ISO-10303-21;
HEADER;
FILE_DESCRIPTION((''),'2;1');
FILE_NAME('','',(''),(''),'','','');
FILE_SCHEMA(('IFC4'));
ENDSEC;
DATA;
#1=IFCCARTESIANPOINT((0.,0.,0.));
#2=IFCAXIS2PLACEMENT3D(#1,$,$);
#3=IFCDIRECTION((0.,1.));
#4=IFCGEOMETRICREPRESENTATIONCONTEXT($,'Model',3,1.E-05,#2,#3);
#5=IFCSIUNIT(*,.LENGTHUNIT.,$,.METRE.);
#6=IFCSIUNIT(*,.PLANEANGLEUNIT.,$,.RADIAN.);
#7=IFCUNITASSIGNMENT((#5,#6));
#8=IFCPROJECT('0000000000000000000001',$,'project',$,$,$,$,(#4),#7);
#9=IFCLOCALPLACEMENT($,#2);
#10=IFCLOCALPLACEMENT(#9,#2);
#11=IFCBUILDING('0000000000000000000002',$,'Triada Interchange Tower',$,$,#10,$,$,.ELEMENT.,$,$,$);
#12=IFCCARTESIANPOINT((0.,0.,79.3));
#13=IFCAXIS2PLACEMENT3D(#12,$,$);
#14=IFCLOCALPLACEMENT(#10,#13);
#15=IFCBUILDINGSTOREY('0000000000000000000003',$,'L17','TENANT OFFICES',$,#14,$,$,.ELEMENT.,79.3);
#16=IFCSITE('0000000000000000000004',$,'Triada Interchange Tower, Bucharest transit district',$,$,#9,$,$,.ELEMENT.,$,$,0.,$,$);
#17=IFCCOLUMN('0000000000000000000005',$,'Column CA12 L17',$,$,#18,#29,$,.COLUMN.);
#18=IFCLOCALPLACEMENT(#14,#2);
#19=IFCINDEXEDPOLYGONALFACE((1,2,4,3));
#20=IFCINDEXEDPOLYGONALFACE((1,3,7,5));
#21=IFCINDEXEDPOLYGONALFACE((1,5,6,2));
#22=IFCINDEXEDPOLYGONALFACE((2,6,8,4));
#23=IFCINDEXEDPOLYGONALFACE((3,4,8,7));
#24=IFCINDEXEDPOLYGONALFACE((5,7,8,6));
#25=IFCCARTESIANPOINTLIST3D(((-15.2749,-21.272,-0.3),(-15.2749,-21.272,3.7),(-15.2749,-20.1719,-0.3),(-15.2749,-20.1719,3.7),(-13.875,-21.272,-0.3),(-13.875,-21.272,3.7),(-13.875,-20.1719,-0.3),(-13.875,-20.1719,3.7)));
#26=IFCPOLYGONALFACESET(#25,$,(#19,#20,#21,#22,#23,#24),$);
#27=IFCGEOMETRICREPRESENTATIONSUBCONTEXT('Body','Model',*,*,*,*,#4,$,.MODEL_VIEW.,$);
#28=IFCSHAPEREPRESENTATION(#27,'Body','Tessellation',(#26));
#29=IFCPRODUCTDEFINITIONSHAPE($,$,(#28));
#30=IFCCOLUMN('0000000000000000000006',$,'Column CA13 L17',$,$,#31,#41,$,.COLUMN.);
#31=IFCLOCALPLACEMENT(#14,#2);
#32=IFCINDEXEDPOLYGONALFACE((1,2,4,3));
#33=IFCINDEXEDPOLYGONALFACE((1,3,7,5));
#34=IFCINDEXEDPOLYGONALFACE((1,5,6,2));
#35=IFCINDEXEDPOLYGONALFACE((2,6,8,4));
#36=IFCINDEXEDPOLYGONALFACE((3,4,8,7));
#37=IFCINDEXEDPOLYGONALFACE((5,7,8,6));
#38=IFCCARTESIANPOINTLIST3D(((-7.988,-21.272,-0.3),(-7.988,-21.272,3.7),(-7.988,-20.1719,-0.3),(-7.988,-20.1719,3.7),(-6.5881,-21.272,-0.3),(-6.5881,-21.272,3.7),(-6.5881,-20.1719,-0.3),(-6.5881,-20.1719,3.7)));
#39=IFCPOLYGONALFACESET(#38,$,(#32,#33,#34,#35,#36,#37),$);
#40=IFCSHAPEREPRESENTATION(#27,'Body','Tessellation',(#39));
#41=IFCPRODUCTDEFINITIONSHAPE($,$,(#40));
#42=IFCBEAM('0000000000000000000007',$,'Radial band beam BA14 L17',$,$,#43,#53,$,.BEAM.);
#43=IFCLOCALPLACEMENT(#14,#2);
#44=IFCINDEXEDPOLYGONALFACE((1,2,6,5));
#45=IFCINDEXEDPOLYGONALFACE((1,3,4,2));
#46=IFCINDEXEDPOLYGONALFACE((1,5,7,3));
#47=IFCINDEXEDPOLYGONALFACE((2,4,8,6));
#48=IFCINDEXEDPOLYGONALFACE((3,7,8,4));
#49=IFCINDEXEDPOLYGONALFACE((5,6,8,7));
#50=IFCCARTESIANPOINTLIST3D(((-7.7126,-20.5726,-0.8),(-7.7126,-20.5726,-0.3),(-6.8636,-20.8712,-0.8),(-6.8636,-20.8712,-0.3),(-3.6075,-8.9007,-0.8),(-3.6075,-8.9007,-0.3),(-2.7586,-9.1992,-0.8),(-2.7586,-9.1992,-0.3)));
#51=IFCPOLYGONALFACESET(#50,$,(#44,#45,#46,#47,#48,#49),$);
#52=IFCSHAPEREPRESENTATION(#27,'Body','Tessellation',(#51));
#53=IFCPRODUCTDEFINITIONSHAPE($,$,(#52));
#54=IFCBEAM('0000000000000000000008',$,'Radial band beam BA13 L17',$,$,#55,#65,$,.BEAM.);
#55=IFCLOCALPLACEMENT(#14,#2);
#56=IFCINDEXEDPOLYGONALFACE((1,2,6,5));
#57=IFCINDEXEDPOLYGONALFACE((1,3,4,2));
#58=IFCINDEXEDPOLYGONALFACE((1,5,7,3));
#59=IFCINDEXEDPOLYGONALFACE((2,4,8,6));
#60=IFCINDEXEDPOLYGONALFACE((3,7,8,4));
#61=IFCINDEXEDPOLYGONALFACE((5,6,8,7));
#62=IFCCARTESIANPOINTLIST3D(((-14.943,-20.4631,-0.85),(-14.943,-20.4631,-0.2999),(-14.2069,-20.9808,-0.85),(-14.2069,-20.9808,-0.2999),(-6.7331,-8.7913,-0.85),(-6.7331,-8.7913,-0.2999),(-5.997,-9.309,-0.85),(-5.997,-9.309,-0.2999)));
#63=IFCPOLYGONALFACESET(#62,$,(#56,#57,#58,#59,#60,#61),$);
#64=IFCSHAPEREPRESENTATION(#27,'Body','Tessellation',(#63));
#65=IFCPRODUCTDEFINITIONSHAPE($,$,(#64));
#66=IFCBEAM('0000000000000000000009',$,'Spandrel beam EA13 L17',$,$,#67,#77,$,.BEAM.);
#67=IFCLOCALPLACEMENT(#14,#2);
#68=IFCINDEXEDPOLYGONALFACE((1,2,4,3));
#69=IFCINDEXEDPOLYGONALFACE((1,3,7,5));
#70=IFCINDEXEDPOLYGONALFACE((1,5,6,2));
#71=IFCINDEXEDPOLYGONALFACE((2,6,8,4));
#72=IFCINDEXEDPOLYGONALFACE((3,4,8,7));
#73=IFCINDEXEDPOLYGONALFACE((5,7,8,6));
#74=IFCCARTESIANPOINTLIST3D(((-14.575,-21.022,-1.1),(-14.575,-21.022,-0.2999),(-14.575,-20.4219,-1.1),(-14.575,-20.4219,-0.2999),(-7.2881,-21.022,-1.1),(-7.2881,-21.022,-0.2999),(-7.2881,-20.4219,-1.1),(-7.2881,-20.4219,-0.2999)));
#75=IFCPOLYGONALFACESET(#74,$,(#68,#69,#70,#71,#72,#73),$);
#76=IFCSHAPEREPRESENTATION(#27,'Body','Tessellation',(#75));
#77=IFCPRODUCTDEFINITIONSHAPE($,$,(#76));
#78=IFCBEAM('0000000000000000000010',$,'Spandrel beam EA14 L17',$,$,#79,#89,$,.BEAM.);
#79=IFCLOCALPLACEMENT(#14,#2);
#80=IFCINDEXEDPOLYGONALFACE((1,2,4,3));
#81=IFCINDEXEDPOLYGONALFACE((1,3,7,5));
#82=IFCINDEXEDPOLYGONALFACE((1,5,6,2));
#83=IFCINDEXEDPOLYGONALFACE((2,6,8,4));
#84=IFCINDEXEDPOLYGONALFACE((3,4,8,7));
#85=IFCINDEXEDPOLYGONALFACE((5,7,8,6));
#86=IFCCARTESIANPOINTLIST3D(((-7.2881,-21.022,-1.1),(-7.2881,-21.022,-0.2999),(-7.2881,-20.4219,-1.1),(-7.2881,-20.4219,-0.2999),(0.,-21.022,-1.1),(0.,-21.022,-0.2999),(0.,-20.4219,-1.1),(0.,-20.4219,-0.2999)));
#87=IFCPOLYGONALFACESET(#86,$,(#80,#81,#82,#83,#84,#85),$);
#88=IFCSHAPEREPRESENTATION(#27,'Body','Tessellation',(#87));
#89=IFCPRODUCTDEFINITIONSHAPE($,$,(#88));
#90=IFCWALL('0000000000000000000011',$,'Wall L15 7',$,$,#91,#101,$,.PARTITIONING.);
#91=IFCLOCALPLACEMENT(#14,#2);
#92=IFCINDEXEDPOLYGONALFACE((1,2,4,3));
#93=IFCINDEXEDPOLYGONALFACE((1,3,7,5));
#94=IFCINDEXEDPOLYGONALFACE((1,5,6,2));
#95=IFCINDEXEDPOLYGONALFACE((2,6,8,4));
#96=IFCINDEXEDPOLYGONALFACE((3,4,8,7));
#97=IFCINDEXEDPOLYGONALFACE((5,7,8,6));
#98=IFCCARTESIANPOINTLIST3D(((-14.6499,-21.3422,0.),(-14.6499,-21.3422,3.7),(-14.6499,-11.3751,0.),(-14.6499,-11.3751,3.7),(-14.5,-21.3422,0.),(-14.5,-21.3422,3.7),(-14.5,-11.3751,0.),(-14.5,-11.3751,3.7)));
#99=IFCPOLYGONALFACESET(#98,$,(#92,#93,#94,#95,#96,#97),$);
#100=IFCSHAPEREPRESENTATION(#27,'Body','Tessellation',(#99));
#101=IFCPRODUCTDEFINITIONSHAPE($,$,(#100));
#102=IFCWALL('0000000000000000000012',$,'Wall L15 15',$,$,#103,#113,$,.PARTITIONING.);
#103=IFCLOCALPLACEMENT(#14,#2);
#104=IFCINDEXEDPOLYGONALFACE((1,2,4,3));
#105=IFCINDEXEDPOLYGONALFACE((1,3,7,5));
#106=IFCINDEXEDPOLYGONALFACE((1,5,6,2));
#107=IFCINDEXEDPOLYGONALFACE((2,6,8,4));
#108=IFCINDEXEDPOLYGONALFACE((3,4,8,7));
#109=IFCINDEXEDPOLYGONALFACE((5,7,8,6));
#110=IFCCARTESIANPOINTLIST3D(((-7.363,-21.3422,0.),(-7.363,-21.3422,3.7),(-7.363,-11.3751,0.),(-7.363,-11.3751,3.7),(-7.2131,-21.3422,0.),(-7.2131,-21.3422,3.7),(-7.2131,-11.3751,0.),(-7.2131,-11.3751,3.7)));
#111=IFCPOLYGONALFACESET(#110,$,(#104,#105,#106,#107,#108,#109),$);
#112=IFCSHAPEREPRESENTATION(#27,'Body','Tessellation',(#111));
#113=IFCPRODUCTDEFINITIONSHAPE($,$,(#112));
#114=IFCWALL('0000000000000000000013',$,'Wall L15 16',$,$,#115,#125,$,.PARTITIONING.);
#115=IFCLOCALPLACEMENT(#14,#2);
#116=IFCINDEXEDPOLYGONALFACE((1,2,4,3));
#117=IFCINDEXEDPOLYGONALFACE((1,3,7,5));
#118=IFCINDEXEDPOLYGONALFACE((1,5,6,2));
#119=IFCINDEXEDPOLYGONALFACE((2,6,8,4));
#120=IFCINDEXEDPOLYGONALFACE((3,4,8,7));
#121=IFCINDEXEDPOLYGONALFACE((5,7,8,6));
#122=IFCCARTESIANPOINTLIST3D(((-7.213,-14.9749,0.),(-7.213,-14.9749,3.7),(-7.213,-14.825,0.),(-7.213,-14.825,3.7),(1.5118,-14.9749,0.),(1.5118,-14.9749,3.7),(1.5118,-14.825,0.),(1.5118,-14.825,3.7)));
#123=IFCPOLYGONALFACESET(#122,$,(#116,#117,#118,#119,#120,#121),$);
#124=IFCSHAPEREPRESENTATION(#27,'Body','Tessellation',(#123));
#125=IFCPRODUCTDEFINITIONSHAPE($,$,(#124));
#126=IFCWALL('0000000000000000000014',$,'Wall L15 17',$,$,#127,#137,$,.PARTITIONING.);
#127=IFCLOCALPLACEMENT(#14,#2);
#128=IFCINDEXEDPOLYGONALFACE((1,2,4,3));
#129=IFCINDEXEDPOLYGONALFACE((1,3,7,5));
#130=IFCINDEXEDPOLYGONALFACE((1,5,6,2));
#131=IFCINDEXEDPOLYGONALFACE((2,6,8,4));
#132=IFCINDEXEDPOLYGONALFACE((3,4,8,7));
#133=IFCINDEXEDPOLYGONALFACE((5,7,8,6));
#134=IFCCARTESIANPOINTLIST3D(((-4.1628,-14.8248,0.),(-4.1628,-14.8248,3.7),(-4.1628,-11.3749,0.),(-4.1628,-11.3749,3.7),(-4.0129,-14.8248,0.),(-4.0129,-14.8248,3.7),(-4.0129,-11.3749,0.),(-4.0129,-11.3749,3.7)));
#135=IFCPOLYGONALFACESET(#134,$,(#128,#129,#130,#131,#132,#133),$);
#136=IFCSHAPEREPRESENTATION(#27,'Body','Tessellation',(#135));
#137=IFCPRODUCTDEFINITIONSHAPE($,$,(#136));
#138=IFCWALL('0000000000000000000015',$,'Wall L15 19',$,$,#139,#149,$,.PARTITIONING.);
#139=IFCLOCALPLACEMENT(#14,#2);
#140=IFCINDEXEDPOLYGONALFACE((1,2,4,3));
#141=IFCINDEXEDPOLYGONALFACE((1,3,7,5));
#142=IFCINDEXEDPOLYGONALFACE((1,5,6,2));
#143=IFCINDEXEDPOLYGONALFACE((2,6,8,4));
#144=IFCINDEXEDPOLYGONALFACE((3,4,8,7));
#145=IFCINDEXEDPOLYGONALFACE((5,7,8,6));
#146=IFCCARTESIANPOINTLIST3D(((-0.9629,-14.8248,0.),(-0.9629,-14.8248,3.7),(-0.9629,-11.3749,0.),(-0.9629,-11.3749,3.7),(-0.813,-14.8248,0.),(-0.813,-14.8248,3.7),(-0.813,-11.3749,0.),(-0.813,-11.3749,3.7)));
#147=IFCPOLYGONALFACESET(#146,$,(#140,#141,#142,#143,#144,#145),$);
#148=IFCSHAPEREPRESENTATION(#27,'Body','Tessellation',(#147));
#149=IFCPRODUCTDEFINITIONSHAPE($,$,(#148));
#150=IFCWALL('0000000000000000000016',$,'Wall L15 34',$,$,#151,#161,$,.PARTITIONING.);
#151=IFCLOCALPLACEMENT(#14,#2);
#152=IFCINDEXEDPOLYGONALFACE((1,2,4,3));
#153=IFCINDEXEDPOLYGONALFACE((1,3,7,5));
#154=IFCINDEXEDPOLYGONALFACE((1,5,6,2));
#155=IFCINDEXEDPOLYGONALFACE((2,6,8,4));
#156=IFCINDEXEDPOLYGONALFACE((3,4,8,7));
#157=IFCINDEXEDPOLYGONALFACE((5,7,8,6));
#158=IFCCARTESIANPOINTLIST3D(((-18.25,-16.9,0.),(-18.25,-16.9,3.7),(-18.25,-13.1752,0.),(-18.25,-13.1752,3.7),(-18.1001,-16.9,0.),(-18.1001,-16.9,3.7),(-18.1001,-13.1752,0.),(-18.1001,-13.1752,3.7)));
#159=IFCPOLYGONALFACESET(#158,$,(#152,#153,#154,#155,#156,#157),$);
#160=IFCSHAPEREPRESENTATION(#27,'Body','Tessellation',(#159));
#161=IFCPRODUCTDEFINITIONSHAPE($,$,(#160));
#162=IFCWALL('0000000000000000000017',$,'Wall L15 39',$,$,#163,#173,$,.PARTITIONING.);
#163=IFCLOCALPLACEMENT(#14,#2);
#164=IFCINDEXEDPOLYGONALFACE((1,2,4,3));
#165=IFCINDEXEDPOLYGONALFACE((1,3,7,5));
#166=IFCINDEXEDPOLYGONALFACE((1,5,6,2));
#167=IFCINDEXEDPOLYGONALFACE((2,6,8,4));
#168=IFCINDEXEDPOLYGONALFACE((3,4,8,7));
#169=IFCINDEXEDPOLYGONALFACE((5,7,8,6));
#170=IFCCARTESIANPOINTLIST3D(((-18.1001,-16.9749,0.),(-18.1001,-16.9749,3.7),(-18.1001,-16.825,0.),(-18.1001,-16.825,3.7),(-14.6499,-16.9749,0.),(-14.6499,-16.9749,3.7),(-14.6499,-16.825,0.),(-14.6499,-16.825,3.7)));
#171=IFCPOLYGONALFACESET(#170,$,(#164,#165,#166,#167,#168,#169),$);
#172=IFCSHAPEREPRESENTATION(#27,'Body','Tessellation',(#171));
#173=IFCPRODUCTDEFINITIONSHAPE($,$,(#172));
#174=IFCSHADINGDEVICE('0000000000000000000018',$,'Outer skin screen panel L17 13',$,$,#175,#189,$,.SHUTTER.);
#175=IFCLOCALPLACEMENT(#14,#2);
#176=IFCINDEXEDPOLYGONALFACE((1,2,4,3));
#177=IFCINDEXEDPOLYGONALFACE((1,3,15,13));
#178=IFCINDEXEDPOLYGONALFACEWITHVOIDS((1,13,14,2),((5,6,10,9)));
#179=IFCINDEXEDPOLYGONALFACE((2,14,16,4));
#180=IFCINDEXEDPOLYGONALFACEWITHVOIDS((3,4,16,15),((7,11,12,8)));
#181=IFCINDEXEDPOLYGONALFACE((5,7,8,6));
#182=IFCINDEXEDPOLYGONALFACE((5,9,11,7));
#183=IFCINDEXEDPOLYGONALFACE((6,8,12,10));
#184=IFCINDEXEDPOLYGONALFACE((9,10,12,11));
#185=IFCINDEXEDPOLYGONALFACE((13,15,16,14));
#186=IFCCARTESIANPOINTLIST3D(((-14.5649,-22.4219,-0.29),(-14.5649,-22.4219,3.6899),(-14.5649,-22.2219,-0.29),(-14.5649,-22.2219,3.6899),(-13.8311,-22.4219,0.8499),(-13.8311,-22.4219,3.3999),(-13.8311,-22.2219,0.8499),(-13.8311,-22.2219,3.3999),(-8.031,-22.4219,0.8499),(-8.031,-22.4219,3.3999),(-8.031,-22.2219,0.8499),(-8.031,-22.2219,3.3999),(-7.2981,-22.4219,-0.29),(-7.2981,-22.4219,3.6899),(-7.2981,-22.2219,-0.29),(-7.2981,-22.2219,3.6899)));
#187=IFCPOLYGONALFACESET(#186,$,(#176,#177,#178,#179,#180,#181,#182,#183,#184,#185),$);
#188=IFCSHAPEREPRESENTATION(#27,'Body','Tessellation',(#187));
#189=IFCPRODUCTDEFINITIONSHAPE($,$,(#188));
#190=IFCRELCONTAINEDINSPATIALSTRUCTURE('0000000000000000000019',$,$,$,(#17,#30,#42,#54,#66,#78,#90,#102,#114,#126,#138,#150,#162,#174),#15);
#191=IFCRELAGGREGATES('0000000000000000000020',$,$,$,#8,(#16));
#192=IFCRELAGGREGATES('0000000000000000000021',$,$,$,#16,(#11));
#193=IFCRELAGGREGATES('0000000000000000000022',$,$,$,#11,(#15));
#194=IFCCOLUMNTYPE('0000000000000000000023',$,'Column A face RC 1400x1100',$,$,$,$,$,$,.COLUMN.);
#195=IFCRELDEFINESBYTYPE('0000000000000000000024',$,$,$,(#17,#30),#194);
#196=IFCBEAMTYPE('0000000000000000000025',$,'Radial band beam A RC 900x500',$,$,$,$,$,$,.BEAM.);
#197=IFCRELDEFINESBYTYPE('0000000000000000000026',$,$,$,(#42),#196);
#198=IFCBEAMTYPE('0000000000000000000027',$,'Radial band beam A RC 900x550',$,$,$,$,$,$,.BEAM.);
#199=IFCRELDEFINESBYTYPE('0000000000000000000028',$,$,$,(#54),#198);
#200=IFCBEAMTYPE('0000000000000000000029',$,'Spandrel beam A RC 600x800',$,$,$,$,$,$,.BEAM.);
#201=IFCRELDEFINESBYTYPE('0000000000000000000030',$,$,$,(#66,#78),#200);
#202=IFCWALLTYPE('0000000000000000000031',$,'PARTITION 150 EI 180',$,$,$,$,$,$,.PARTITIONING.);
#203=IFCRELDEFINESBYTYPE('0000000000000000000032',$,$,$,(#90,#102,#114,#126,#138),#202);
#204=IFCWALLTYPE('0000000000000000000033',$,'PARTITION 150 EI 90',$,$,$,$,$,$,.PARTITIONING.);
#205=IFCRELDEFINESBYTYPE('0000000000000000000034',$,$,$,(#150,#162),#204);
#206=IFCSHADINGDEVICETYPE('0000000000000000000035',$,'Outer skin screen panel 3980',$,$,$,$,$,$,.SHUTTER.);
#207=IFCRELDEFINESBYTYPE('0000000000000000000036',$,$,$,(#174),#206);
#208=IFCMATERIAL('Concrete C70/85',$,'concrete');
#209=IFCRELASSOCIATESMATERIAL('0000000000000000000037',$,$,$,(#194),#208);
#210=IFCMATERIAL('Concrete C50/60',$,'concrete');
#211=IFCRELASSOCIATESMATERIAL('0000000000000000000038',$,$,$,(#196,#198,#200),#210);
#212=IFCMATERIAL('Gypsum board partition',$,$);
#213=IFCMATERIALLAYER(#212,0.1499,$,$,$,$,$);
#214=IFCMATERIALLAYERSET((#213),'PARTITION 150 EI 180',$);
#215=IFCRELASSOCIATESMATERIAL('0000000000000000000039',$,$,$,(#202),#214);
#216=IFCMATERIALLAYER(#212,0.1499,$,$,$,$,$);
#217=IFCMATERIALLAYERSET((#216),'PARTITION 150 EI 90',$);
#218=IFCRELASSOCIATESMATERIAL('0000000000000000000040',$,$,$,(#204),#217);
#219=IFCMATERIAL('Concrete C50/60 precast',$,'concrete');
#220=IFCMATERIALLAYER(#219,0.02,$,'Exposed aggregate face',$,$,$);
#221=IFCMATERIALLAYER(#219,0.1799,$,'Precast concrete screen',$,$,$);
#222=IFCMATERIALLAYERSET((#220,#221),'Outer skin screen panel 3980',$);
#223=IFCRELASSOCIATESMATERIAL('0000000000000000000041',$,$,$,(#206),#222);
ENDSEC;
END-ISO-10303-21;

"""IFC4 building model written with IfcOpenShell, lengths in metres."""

from ifc_helpers import new_model, si_unit, direction, frame, frame_2d, origin, origin_2d, place, context, subcontext, project, spatial, polyline, rectangle, outline, extrude, material, layer, layer_set, material_profile, profile_set, type_object, element, save


model = new_model("IFC4")

# Units and contexts
model_context = context("Model", 3, precision=1e-05, world=origin(), true_north=direction((0.0, 1.0)))
body_context = subcontext(model_context, "Body", "Model", "MODEL_VIEW")
ifc_project = project(units=[si_unit("LENGTHUNIT", "METRE"), si_unit("PLANEANGLEUNIT", "RADIAN")], contexts=[model_context])

# Site, building, storey
site_placement = place(None, origin())
site = spatial("IfcSite", under=ifc_project, at=site_placement, Name="Triada Interchange Tower, Bucharest transit district", CompositionType="ELEMENT", RefElevation=0.0)
building_placement = place(site_placement, origin())
building = spatial("IfcBuilding", under=site, at=building_placement, Name="Triada Interchange Tower", CompositionType="ELEMENT")
storey_placement = place(building_placement, frame((0.0, 0.0, 79.3)))
storey = spatial("IfcBuildingStorey", under=building, at=storey_placement, Name="L17", Description="TENANT OFFICES", CompositionType="ELEMENT", Elevation=79.3)

# Columns
ifc_material_1 = material(Name="Concrete C70/85", Category="concrete")
ifc_material_profile_1 = material_profile(ifc_material_1, rectangle(XDim=1.3999, YDim=1.1001, at=origin_2d()), Name="RC 1400x1100")
ifc_profile_set_1 = profile_set([ifc_material_profile_1], Name="Concrete C70/85")
column_type = type_object("IfcColumnType", Name="Column A face RC 1400x1100", PredefinedType="COLUMN", material=ifc_profile_set_1)
for number, where, z_axis, x_axis, name in (
    (1, (-14.575, -20.7219, -0.3), (0.0, 0.0, 1.0), (1.0, 0.0, 0.0), "Column CA12 L17"),
    (2, (-7.2881, -20.7219, -0.3), (0.0, 0.0, 1.0), (1.0, 0.0, 0.0), "Column CA13 L17"),
):
    element("IfcColumn", number, at=place(storey_placement, frame(where, z_axis=z_axis, x_axis=x_axis)), inside=storey, type_object=column_type, Name=name, PredefinedType="COLUMN", context=body_context, shape_type="SweptSolid", body=[
        extrude(rectangle(XDim=1.3999, YDim=1.1001, at=origin_2d()), origin(), (0.0, 0.0, 1.0), 4.0),
    ])

# Beams
ifc_material_2 = material(Name="Concrete C50/60", Category="concrete")
ifc_material_profile_2 = material_profile(ifc_material_2, rectangle(XDim=0.8999, YDim=0.5, at=origin_2d()), Name="RC 900x500")
ifc_profile_set_2 = profile_set([ifc_material_profile_2], Name="Concrete C50/60")
beam_type_1 = type_object("IfcBeamType", Name="Radial band beam A RC 900x500", PredefinedType="BEAM", material=ifc_profile_set_2)
beam_1_placement = place(storey_placement, frame((-7.2881, -20.7219, -0.55), z_axis=(0.331777, 0.943358, 0.0), x_axis=(-0.943358, 0.331777, 0.0)))
element("IfcBeam", 3, at=beam_1_placement, inside=storey, type_object=beam_type_1, Name="Radial band beam BA14 L17", PredefinedType="BEAM", context=body_context, shape_type="SweptSolid", body=[
    extrude(rectangle(XDim=0.8999, YDim=0.5, at=origin_2d()), origin(), (0.0, 0.0, 1.0), 12.3728),
])
ifc_material_profile_3 = material_profile(ifc_material_2, rectangle(XDim=0.8999, YDim=0.55, at=origin_2d()), Name="RC 900x550")
ifc_profile_set_3 = profile_set([ifc_material_profile_3], Name="Concrete C50/60")
beam_type_2 = type_object("IfcBeamType", Name="Radial band beam A RC 900x550", PredefinedType="BEAM", material=ifc_profile_set_3)
beam_2_placement = place(storey_placement, frame((-14.575, -20.7219, -0.575), z_axis=(0.575326, 0.817924, 0.0), x_axis=(-0.817924, 0.575326, 0.0)))
element("IfcBeam", 4, at=beam_2_placement, inside=storey, type_object=beam_type_2, Name="Radial band beam BA13 L17", PredefinedType="BEAM", context=body_context, shape_type="SweptSolid", body=[
    extrude(rectangle(XDim=0.8999, YDim=0.55, at=origin_2d()), origin(), (0.0, 0.0, 1.0), 14.27),
])
ifc_material_profile_4 = material_profile(ifc_material_2, rectangle(XDim=0.6001, YDim=0.8, at=origin_2d()), Name="RC 600x800")
ifc_profile_set_4 = profile_set([ifc_material_profile_4], Name="Concrete C50/60")
beam_type_3 = type_object("IfcBeamType", Name="Spandrel beam A RC 600x800", PredefinedType="BEAM", material=ifc_profile_set_4)
beam_3_placement = place(storey_placement, frame((-14.575, -20.7219, -0.7), z_axis=(1.0, 0.0, 0.0), x_axis=(0.0, 1.0, 0.0)))
element("IfcBeam", 5, at=beam_3_placement, inside=storey, type_object=beam_type_3, Name="Spandrel beam EA13 L17", PredefinedType="BEAM", context=body_context, shape_type="SweptSolid", body=[
    extrude(rectangle(XDim=0.6001, YDim=0.8, at=origin_2d()), origin(), (0.0, 0.0, 1.0), 7.2869),
])
beam_4_placement = place(storey_placement, frame((-7.2881, -20.7219, -0.7), z_axis=(1.0, 0.0, 0.0), x_axis=(0.0, 1.0, 0.0)))
element("IfcBeam", 6, at=beam_4_placement, inside=storey, type_object=beam_type_3, Name="Spandrel beam EA14 L17", PredefinedType="BEAM", context=body_context, shape_type="SweptSolid", body=[
    extrude(rectangle(XDim=0.6001, YDim=0.8, at=origin_2d()), origin(), (0.0, 0.0, 1.0), 7.2881),
])

# Walls
ifc_material_3 = material(Name="Gypsum board partition")
ifc_layer_1 = layer(ifc_material_3, 0.1499)
ifc_layer_set_1 = layer_set([ifc_layer_1], Name="PARTITION 150 EI 180")
wall_type_1 = type_object("IfcWallType", Name="PARTITION 150 EI 180", PredefinedType="PARTITIONING", material=ifc_layer_set_1)
for number, where, z_axis, x_axis, name in (
    (7, (-14.575, -21.342, 0.0), (0.0, 0.0, 1.0), (0.0, 1.0, 0.0), "Wall L15 7"),
    (8, (-7.2881, -21.342, 0.0), (0.0, 0.0, 1.0), (0.0, 1.0, 0.0), "Wall L15 15"),
):
    element("IfcWall", number, at=place(storey_placement, frame(where, z_axis=z_axis, x_axis=x_axis)), inside=storey, type_object=wall_type_1, Name=name, PredefinedType="PARTITIONING", context=body_context, shape_type="SweptSolid", body=[
        extrude(rectangle(XDim=9.967, YDim=0.1499, at=frame_2d((4.9834, 0.0))), origin(), (0.0, 0.0, 1.0), 3.7),
    ])
wall_1_placement = place(storey_placement, frame((-7.2129, -14.8999, 0.0), z_axis=(0.0, 0.0, 1.0), x_axis=(1.0, 0.0, 0.0)))
element("IfcWall", 9, at=wall_1_placement, inside=storey, type_object=wall_type_1, Name="Wall L15 16", PredefinedType="PARTITIONING", context=body_context, shape_type="SweptSolid", body=[
    extrude(rectangle(XDim=8.7249, YDim=0.1499, at=frame_2d((4.3623, 0.0))), origin(), (0.0, 0.0, 1.0), 3.7),
])
for number, where, z_axis, x_axis, name in (
    (10, (-4.0879, -14.825, 0.0), (0.0, 0.0, 1.0), (0.0, 1.0, 0.0), "Wall L15 17"),
    (11, (-0.8879, -14.825, 0.0), (0.0, 0.0, 1.0), (0.0, 1.0, 0.0), "Wall L15 19"),
):
    element("IfcWall", number, at=place(storey_placement, frame(where, z_axis=z_axis, x_axis=x_axis)), inside=storey, type_object=wall_type_1, Name=name, PredefinedType="PARTITIONING", context=body_context, shape_type="SweptSolid", body=[
        extrude(rectangle(XDim=3.45, YDim=0.1499, at=frame_2d((1.7251, 0.0))), origin(), (0.0, 0.0, 1.0), 3.7),
    ])
ifc_layer_2 = layer(ifc_material_3, 0.1499)
ifc_layer_set_2 = layer_set([ifc_layer_2], Name="PARTITION 150 EI 90")
wall_type_2 = type_object("IfcWallType", Name="PARTITION 150 EI 90", PredefinedType="PARTITIONING", material=ifc_layer_set_2)
wall_2_placement = place(storey_placement, frame((-18.175, -16.8999, 0.0), z_axis=(0.0, 0.0, 1.0), x_axis=(0.0, 1.0, 0.0)))
element("IfcWall", 12, at=wall_2_placement, inside=storey, type_object=wall_type_2, Name="Wall L15 34", PredefinedType="PARTITIONING", context=body_context, shape_type="SweptSolid", body=[
    extrude(rectangle(XDim=3.7249, YDim=0.1499, at=frame_2d((1.8623, 0.0))), origin(), (0.0, 0.0, 1.0), 3.7),
])
wall_3_placement = place(storey_placement, frame((-18.1001, -16.8999, 0.0), z_axis=(0.0, 0.0, 1.0), x_axis=(1.0, 0.0, 0.0)))
element("IfcWall", 13, at=wall_3_placement, inside=storey, type_object=wall_type_2, Name="Wall L15 39", PredefinedType="PARTITIONING", context=body_context, shape_type="SweptSolid", body=[
    extrude(rectangle(XDim=3.4502, YDim=0.1499, at=frame_2d((1.7251, 0.0))), origin(), (0.0, 0.0, 1.0), 3.7),
])

# Shading device
ifc_material_4 = material(Name="Concrete C50/60 precast", Category="concrete")
ifc_layer_3 = layer(ifc_material_4, 0.02, Name="Exposed aggregate face")
ifc_layer_4 = layer(ifc_material_4, 0.1799, Name="Precast concrete screen")
ifc_layer_set_3 = layer_set([ifc_layer_3, ifc_layer_4], Name="Outer skin screen panel 3980")
shading_device_type = type_object("IfcShadingDeviceType", Name="Outer skin screen panel 3980", PredefinedType="SHUTTER", material=ifc_layer_set_3)
shading_device_1_placement = place(storey_placement, frame((-14.5649, -22.2219, -0.29), z_axis=(0.0, 0.0, 1.0), x_axis=(1.0, 0.0, 0.0)))
element("IfcShadingDevice", 14, at=shading_device_1_placement, inside=storey, type_object=shading_device_type, Name="Outer skin screen panel L17 13", PredefinedType="SHUTTER", context=body_context, shape_type="SweptSolid", body=[
    extrude(outline(polyline([(0.0, 0.0), (7.2668, 0.0), (7.2668, 3.98), (0.0, 3.98), (0.0, 0.0)]), holes=[polyline([(0.7339, 1.1399), (0.7339, 3.6899), (6.5339, 3.6899), (6.5339, 1.1399), (0.7339, 1.1399)])]), frame((0.0, 0.0, 0.0), z_axis=(0.0, -1.0, 0.0), x_axis=(1.0, 0.0, 0.0)), (0.0, 0.0, 1.0), 0.2),
])

save(model, "model.ifc")
